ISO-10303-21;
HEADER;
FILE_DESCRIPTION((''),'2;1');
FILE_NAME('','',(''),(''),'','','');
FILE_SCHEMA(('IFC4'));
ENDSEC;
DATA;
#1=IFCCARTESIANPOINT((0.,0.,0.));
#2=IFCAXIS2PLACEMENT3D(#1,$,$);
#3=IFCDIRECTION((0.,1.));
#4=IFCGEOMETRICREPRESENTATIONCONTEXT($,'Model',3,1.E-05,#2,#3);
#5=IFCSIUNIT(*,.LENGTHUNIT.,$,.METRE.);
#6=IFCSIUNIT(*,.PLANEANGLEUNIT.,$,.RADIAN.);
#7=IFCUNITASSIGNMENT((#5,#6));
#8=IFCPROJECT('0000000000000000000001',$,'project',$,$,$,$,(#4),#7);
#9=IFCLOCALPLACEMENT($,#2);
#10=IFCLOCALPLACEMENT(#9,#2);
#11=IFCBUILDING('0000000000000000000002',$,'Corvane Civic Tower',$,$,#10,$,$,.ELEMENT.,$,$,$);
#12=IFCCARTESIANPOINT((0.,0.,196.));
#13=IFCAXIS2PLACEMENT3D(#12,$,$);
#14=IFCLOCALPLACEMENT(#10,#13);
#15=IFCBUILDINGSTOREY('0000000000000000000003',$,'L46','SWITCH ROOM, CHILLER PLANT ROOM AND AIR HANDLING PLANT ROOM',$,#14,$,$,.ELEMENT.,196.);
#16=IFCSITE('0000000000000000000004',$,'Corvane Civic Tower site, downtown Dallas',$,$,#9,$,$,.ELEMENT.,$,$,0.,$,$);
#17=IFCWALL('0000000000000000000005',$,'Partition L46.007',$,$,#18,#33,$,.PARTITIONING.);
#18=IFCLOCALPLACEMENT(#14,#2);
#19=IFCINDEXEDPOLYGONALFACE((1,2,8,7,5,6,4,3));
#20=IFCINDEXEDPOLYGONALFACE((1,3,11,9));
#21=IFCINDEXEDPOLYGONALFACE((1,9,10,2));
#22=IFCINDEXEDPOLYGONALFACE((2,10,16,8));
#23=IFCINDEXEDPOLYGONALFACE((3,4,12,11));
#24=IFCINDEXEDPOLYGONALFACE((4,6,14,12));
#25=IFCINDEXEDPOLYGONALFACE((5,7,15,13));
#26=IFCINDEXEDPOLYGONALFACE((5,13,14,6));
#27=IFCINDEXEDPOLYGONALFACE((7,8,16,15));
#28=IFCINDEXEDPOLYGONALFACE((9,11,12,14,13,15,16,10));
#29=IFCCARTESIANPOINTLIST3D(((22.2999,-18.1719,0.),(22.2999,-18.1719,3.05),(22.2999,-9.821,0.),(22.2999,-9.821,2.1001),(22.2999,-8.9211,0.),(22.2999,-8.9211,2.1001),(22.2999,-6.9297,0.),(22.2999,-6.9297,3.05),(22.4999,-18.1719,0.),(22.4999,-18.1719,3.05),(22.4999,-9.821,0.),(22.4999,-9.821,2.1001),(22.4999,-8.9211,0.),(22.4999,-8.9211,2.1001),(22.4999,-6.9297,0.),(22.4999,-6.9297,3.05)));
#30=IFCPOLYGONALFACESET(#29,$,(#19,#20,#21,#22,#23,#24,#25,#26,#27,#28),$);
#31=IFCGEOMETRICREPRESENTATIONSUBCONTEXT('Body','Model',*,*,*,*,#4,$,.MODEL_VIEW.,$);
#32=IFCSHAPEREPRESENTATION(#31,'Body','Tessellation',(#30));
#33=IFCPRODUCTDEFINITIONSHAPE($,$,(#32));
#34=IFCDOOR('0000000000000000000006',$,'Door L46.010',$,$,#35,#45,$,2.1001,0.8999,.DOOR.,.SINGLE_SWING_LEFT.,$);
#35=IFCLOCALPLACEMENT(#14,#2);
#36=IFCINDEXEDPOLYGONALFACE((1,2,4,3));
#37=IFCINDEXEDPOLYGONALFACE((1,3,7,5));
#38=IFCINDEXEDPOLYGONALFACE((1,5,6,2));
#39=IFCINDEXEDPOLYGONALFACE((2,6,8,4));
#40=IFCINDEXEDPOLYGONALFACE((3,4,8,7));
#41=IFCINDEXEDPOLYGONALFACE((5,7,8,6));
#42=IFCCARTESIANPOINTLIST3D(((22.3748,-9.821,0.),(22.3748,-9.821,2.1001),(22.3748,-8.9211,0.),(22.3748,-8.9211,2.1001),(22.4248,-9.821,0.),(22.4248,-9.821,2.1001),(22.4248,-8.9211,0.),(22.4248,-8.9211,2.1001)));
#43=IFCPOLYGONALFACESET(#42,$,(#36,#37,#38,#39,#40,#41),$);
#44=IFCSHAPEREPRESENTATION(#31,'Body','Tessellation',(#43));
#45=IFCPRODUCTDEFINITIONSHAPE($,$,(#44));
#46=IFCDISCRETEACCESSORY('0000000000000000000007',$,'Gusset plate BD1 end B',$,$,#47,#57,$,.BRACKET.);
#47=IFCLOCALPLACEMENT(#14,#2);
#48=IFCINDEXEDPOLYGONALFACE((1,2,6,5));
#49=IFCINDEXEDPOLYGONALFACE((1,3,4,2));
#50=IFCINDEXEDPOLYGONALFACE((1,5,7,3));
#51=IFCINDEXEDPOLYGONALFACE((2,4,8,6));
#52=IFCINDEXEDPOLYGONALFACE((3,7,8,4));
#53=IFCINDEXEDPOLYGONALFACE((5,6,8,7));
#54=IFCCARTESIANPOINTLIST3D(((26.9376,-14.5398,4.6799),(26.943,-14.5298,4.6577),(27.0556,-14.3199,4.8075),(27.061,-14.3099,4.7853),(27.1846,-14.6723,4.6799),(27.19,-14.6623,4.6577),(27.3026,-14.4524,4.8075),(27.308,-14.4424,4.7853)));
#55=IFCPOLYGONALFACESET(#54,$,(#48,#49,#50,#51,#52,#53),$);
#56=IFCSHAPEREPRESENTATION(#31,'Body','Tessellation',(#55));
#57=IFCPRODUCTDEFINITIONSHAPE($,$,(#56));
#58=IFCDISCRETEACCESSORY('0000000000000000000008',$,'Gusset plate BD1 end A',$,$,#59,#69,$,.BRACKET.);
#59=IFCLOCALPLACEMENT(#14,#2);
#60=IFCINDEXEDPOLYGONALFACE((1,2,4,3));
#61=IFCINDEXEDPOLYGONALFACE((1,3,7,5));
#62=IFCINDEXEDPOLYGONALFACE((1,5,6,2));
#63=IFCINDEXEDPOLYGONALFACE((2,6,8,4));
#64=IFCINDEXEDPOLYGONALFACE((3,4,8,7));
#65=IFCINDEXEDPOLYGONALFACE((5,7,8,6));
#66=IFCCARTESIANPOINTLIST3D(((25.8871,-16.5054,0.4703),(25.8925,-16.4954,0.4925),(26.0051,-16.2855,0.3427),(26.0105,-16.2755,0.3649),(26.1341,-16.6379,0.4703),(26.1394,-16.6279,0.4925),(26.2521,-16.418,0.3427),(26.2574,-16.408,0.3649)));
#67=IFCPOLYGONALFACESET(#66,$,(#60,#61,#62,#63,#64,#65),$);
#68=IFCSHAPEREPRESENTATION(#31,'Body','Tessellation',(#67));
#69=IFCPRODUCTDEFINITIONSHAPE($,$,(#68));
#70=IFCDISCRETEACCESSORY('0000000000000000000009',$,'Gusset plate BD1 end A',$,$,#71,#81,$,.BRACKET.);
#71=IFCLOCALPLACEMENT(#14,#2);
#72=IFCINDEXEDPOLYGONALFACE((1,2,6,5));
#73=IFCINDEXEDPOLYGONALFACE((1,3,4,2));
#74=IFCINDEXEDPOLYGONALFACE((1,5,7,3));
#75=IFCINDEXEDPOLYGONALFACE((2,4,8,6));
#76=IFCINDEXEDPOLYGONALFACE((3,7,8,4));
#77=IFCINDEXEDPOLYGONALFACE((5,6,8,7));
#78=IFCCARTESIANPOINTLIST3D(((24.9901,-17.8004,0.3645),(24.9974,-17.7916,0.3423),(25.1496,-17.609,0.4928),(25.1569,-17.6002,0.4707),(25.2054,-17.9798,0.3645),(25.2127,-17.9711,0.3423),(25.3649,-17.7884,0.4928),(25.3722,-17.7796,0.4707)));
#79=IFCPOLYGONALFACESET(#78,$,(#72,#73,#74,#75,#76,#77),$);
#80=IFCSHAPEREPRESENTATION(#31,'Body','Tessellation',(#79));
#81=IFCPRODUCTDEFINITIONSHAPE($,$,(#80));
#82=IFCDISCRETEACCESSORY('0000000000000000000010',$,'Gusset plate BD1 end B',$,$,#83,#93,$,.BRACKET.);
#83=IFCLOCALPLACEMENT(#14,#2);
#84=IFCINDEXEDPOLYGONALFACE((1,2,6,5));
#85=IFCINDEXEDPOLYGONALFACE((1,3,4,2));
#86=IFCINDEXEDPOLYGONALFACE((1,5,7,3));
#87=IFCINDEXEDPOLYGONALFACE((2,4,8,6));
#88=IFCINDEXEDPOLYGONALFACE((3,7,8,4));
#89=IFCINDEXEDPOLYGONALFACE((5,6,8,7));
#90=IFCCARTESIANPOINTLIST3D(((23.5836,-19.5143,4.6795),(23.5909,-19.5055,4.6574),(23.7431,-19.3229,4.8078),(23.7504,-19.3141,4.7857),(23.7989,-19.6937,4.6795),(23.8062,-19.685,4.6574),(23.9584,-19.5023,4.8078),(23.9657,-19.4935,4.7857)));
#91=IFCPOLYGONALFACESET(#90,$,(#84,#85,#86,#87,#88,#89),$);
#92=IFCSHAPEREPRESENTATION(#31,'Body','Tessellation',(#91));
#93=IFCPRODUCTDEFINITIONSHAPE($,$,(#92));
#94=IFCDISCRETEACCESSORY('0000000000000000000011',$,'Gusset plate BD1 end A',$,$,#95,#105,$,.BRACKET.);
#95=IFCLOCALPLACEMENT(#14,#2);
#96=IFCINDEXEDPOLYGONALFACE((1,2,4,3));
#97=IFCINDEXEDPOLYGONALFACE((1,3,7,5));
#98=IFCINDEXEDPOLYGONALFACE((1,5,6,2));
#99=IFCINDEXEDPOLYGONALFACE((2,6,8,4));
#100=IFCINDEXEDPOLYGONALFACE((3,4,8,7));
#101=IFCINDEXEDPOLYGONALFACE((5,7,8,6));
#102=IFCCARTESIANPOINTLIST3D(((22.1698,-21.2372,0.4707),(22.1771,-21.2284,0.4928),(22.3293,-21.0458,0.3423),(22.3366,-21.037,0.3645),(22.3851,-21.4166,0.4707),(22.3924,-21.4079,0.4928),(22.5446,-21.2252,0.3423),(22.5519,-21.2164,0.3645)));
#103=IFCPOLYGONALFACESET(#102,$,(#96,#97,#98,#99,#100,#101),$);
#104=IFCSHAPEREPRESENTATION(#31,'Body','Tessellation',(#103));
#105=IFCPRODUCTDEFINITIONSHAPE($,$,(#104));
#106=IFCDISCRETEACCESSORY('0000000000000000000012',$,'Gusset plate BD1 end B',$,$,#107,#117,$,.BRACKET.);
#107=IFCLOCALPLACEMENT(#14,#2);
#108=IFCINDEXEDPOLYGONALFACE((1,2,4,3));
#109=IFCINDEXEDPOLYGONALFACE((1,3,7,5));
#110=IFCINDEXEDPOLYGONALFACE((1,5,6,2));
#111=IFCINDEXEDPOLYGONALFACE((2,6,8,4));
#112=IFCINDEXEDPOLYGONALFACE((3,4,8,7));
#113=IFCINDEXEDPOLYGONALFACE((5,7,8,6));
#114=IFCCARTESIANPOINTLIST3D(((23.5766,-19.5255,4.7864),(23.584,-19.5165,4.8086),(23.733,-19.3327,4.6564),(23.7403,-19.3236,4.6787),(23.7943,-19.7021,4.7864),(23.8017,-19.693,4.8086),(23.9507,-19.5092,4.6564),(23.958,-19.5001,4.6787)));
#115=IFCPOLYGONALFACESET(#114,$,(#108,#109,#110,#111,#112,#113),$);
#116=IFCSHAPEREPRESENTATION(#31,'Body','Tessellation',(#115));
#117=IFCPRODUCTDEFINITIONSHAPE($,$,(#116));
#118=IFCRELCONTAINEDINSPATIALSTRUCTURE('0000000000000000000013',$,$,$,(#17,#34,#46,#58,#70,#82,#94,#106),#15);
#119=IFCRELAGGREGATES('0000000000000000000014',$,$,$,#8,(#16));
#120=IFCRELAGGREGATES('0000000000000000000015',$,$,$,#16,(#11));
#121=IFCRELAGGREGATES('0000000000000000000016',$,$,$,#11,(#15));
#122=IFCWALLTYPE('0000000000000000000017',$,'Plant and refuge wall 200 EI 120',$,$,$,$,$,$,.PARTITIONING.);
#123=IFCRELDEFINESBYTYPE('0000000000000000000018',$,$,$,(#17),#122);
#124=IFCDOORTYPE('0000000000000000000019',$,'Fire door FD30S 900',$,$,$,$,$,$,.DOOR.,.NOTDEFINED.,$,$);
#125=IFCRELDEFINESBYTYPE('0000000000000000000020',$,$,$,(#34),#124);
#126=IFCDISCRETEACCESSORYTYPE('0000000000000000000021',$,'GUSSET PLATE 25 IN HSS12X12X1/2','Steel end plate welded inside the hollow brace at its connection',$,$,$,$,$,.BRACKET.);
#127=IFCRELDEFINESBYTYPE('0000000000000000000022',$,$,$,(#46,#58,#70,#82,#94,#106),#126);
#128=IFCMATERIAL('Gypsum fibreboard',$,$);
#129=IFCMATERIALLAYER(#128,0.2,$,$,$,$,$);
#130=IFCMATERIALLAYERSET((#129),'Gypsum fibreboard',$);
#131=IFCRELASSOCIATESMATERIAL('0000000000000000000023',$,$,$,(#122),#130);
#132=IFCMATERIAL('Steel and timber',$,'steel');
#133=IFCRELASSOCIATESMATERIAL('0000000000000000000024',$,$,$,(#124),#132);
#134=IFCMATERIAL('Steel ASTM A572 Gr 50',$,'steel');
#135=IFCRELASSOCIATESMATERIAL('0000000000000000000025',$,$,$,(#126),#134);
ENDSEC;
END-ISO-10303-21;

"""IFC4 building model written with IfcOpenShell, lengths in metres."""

from ifc_helpers import new_model, si_unit, direction, frame, frame_2d, origin, origin_2d, place, context, subcontext, project, spatial, rectangle, extrude, material, layer, layer_set, material_profile, profile_set, type_object, element, fill, save


model = new_model("IFC4")

# Units and contexts
model_context = context("Model", 3, precision=1e-05, world=origin(), true_north=direction((0.0, 1.0)))
body_context = subcontext(model_context, "Body", "Model", "MODEL_VIEW")
ifc_project = project(units=[si_unit("LENGTHUNIT", "METRE"), si_unit("PLANEANGLEUNIT", "RADIAN")], contexts=[model_context])

# Site, building, storey
site_placement = place(None, origin())
site = spatial("IfcSite", under=ifc_project, at=site_placement, Name="Corvane Civic Tower site, downtown Dallas", CompositionType="ELEMENT", RefElevation=0.0)
building_placement = place(site_placement, origin())
building = spatial("IfcBuilding", under=site, at=building_placement, Name="Corvane Civic Tower", CompositionType="ELEMENT")
storey_placement = place(building_placement, frame((0.0, 0.0, 196.0)))
storey = spatial("IfcBuildingStorey", under=building, at=storey_placement, Name="L46", Description="SWITCH ROOM, CHILLER PLANT ROOM AND AIR HANDLING PLANT ROOM", CompositionType="ELEMENT", Elevation=196.0)

# Shared definitions
ifc_material_1 = material(Name="Gypsum fibreboard")
ifc_layer_1 = layer(ifc_material_1, 0.2)
ifc_layer_set_1 = layer_set([ifc_layer_1], Name="Gypsum fibreboard")
wall_type_1 = type_object("IfcWallType", Name="Plant and refuge wall 200 EI 120", PredefinedType="PARTITIONING", material=ifc_layer_set_1)

# Wall, opening, door
wall_1_placement = place(storey_placement, frame((22.3999, -18.1719, 0.0), z_axis=(0.0, 0.0, 1.0), x_axis=(0.0, 1.0, 0.0)))
wall_1 = element("IfcWall", 1, at=wall_1_placement, inside=storey, type_object=wall_type_1, Name="Partition L46.007", PredefinedType="PARTITIONING", context=body_context, shape_type="SweptSolid", body=[
    extrude(rectangle(XDim=11.2422, YDim=0.2, at=frame_2d((5.6211, 0.0))), origin(), (0.0, 0.0, 1.0), 3.05),
])
opening_placement = place(wall_1_placement, frame((8.3508, 0.0, 0.0)))
opening = element("IfcOpeningElement", 2, at=opening_placement, cuts=wall_1, PredefinedType="OPENING", context=body_context, shape_type="SweptSolid", body=[
    extrude(rectangle(XDim=0.8999, YDim=2.1001, at=frame_2d((0.45, 1.05))), frame((0.0, 0.1099, 0.0), z_axis=(0.0, -1.0, 0.0), x_axis=(1.0, 0.0, 0.0)), (0.0, 0.0, 1.0), 0.22),
])
ifc_material_2 = material(Name="Steel and timber", Category="steel")
door_type = type_object("IfcDoorType", Name="Fire door FD30S 900", OperationType="NOTDEFINED", PredefinedType="DOOR", material=ifc_material_2)
door_placement = place(opening_placement, frame((0.8999, 0.0, 0.0), z_axis=(0.0, 0.0, 1.0), x_axis=(-1.0, 0.0, 0.0)))
door = element("IfcDoor", 3, at=door_placement, inside=storey, type_object=door_type, Name="Door L46.010", OperationType="SINGLE_SWING_LEFT", OverallHeight=2.1001, OverallWidth=0.8999, PredefinedType="DOOR", context=body_context, shape_type="SweptSolid", body=[
    extrude(rectangle(XDim=0.8999, YDim=2.1001, at=frame_2d((0.45, 1.05))), frame((0.0, 0.0249, 0.0), z_axis=(0.0, -1.0, 0.0), x_axis=(1.0, 0.0, 0.0)), (0.0, 0.0, 1.0), 0.05),
])
fill(opening, door)

# Discrete accessories
ifc_material_3 = material(Name="Steel ASTM A572 Gr 50", Category="steel")
ifc_material_profile_1 = material_profile(ifc_material_3, rectangle(XDim=0.2803, YDim=0.2803, at=origin_2d()), Name="GUSSET PLATE 25 IN HSS12X12X1/2")
ifc_profile_set_1 = profile_set([ifc_material_profile_1], Name="Steel ASTM A572 Gr 50")
discrete_accessory_type = type_object("IfcDiscreteAccessoryType", Name="GUSSET PLATE 25 IN HSS12X12X1/2", Description="Steel end plate welded inside the hollow brace at its connection", PredefinedType="BRACKET", material=ifc_profile_set_1)
for number, where, z_axis, x_axis, name in (
    (4, (27.1201, -14.4961, 4.7437), (0.215252, 0.401152, -0.890362), (-0.88116, 0.472818, 0.0), "Gusset plate BD1 end B"),
    (5, (26.0696, -16.4617, 0.4065), (0.215252, 0.401152, 0.890362), (-0.88116, 0.472818, 0.0), "Gusset plate BD1 end A"),
    (6, (25.1848, -17.7856, 0.4065), (-0.293091, -0.351709, 0.889043), (0.768221, -0.640184, 0.0), "Gusset plate BD1 end A"),
    (7, (23.771, -19.5083, 4.7437), (0.293091, 0.351709, -0.889043), (-0.768221, 0.640184, 0.0), "Gusset plate BD1 end B"),
    (8, (22.3572, -21.2312, 0.4065), (0.293091, 0.351709, 0.889043), (-0.768221, 0.640184, 0.0), "Gusset plate BD1 end A"),
):
    element("IfcDiscreteAccessory", number, at=place(storey_placement, frame(where, z_axis=z_axis, x_axis=x_axis)), inside=storey, type_object=discrete_accessory_type, Name=name, PredefinedType="BRACKET", context=body_context, shape_type="SweptSolid", body=[
        extrude(rectangle(XDim=0.2803, YDim=0.2803, at=origin_2d()), origin(), (0.0, 0.0, 1.0), 0.0249),
    ])
discrete_accessory_placement = place(storey_placement, frame((23.771, -19.5083, 4.7437), z_axis=(-0.292075, -0.360226, -0.885962), x_axis=(0.776756, -0.629802, 0.0)))
element("IfcDiscreteAccessory", 9, at=discrete_accessory_placement, inside=storey, type_object=discrete_accessory_type, Name="Gusset plate BD1 end B", PredefinedType="BRACKET", context=body_context, shape_type="SweptSolid", body=[
    extrude(rectangle(XDim=0.2803, YDim=0.2803, at=origin_2d()), origin(), (0.0, 0.0, 1.0), 0.0251),
])

save(model, "model.ifc")
